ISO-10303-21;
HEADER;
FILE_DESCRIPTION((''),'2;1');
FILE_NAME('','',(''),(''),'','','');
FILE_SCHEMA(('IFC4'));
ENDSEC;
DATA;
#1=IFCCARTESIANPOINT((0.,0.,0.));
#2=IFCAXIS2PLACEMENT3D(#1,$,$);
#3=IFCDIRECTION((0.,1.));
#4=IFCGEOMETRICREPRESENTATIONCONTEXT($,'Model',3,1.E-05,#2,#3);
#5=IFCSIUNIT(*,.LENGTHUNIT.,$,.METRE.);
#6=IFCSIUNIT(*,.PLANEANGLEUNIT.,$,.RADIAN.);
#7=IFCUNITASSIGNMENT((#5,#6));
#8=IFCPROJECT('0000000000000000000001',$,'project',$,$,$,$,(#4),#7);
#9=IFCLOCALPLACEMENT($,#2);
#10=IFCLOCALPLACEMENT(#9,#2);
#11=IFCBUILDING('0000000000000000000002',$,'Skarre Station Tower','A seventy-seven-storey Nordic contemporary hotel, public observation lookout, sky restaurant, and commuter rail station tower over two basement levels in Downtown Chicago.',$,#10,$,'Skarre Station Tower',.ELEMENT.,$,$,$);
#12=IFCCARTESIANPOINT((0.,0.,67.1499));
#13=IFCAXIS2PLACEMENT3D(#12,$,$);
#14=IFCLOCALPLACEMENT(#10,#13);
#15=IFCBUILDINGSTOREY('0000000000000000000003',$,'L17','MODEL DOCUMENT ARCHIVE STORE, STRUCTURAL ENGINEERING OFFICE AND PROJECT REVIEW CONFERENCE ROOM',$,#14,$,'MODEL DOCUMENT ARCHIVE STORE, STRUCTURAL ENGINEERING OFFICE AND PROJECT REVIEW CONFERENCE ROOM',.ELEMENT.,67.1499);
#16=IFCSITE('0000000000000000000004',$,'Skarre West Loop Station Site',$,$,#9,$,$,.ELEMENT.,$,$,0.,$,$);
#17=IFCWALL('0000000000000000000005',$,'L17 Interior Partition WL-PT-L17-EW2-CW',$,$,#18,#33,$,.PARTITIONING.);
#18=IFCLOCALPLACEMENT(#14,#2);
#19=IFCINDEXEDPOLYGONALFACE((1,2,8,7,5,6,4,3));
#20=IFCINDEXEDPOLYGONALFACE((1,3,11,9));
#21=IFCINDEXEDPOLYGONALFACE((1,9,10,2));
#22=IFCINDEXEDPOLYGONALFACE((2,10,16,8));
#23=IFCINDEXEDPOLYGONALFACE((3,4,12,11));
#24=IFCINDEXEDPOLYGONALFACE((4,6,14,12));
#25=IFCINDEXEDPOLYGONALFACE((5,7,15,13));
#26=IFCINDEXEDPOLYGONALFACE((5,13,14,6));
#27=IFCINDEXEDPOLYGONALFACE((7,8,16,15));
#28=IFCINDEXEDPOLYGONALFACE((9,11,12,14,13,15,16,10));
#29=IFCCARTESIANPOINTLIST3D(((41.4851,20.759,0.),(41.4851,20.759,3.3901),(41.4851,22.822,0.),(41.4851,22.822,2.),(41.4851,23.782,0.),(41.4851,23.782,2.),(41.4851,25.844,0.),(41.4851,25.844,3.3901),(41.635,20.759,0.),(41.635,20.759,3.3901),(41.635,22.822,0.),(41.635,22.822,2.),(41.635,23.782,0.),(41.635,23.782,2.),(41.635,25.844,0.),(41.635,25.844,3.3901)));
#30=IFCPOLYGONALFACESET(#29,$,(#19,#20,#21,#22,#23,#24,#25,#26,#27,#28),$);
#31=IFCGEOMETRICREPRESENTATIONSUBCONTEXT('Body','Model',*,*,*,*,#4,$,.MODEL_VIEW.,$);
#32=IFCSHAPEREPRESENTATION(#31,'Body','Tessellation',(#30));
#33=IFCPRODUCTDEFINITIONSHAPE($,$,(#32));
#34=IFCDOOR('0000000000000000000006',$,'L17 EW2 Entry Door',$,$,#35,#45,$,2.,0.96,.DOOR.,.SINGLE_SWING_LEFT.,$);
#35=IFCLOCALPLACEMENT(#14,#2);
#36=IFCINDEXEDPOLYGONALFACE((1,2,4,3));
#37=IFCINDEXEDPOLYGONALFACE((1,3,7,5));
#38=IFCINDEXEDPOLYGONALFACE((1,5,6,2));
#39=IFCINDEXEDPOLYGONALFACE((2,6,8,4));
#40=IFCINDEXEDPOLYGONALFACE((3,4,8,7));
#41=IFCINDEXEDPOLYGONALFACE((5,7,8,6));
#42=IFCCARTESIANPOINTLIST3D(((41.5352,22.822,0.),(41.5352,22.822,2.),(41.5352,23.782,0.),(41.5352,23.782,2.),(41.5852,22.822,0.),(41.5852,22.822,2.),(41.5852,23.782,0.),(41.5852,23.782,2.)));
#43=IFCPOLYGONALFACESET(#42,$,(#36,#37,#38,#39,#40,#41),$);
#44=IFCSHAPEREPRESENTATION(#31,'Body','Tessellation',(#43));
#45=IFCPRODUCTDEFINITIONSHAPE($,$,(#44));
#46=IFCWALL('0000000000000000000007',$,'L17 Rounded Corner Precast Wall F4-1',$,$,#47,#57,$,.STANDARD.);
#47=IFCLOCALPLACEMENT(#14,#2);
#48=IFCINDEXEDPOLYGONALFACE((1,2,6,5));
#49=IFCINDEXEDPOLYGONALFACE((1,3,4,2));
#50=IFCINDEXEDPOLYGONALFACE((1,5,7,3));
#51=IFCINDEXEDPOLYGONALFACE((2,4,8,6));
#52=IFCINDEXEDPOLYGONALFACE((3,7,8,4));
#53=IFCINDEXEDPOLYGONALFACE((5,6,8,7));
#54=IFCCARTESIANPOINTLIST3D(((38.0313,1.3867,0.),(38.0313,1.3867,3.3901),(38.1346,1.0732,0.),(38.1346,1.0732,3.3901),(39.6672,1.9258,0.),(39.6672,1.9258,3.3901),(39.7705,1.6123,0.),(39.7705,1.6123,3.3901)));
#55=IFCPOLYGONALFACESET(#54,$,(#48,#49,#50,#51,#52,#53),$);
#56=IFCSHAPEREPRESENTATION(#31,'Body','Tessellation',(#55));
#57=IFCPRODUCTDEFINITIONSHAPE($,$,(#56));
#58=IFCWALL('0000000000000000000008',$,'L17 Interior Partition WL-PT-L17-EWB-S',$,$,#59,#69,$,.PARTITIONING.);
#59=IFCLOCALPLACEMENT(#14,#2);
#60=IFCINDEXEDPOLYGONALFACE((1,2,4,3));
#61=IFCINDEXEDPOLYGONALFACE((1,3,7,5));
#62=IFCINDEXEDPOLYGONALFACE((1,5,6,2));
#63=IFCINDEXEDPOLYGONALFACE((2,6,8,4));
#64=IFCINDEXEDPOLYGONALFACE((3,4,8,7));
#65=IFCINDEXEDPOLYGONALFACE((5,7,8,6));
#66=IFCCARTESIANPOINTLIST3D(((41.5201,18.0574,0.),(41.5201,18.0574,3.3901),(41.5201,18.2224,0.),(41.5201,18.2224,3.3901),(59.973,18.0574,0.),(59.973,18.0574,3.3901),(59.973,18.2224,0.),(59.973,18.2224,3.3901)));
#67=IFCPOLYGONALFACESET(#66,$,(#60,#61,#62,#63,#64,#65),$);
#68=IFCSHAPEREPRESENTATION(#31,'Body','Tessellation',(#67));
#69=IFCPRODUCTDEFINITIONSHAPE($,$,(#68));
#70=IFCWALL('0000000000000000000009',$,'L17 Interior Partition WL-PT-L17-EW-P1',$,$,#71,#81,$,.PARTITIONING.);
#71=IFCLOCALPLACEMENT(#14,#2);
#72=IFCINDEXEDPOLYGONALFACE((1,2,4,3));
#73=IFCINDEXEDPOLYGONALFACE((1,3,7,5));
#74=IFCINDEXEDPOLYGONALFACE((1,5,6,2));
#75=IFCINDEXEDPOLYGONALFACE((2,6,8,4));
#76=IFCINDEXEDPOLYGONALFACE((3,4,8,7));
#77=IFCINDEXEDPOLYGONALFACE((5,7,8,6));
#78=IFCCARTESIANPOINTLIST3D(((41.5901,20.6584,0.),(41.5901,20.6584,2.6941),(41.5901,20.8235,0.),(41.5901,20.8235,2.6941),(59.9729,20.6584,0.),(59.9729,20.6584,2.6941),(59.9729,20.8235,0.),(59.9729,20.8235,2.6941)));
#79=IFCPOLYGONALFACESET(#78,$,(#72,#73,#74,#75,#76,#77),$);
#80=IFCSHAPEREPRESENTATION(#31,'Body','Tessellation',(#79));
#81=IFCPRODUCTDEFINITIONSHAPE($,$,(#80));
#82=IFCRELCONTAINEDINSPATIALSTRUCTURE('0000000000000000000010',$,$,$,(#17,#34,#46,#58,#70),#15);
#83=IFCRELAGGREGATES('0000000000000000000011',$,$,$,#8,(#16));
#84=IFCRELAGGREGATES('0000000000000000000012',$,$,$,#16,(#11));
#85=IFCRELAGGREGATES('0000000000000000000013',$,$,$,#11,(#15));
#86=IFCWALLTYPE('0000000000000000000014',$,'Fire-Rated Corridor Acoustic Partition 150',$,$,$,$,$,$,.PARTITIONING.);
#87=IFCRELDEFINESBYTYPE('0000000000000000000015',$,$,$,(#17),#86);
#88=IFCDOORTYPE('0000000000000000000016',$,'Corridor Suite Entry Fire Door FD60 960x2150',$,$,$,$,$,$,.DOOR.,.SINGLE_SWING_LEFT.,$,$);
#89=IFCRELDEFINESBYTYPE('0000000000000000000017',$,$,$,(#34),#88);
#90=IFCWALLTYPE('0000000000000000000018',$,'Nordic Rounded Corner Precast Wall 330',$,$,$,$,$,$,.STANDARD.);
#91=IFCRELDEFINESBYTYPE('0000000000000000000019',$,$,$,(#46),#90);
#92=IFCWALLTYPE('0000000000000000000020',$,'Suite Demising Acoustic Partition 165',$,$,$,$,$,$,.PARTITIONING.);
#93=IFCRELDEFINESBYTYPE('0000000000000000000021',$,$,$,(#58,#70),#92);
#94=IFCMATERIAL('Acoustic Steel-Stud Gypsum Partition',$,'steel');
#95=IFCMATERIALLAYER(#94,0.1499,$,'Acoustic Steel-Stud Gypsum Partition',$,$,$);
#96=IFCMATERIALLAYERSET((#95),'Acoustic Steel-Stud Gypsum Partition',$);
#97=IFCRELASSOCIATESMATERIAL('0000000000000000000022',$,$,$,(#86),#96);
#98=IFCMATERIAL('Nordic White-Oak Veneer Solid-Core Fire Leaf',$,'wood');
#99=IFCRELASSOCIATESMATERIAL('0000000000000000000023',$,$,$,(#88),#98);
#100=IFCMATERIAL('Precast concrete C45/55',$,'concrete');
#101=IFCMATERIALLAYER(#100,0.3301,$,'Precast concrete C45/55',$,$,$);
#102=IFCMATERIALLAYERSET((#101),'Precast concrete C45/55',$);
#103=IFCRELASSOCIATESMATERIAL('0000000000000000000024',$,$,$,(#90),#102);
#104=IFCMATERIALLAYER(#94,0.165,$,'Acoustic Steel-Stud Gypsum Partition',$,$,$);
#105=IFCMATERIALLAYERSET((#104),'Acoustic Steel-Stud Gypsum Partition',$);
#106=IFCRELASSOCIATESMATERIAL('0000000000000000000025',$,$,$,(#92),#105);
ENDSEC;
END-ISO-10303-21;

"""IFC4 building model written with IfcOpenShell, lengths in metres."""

from ifc_helpers import new_model, si_unit, direction, frame, frame_2d, origin, place, context, subcontext, project, spatial, rectangle, extrude, material, layer, layer_set, type_object, element, fill, save


model = new_model("IFC4")

# Units and contexts
model_context = context("Model", 3, precision=1e-05, world=origin(), true_north=direction((0.0, 1.0)))
body_context = subcontext(model_context, "Body", "Model", "MODEL_VIEW")
ifc_project = project(units=[si_unit("LENGTHUNIT", "METRE"), si_unit("PLANEANGLEUNIT", "RADIAN")], contexts=[model_context])

# Site, building, storey
site_placement = place(None, origin())
site = spatial("IfcSite", under=ifc_project, at=site_placement, Name="Skarre West Loop Station Site", CompositionType="ELEMENT", RefElevation=0.0)
building_placement = place(site_placement, origin())
building = spatial("IfcBuilding", under=site, at=building_placement, Name="Skarre Station Tower", Description="A seventy-seven-storey Nordic contemporary hotel, public observation lookout, sky restaurant, and commuter rail station tower over two basement levels in Downtown Chicago.", LongName="Skarre Station Tower", CompositionType="ELEMENT")
storey_placement = place(building_placement, frame((0.0, 0.0, 67.1499)))
storey = spatial("IfcBuildingStorey", under=building, at=storey_placement, Name="L17", Description="MODEL DOCUMENT ARCHIVE STORE, STRUCTURAL ENGINEERING OFFICE AND PROJECT REVIEW CONFERENCE ROOM", LongName="MODEL DOCUMENT ARCHIVE STORE, STRUCTURAL ENGINEERING OFFICE AND PROJECT REVIEW CONFERENCE ROOM", CompositionType="ELEMENT", Elevation=67.1499)

# Shared definitions
ifc_material_1 = material(Name="Acoustic Steel-Stud Gypsum Partition", Category="steel")
ifc_layer_1 = layer(ifc_material_1, 0.1499, Name="Acoustic Steel-Stud Gypsum Partition")
ifc_layer_set_1 = layer_set([ifc_layer_1], Name="Acoustic Steel-Stud Gypsum Partition")
wall_type_1 = type_object("IfcWallType", Name="Fire-Rated Corridor Acoustic Partition 150", PredefinedType="PARTITIONING", material=ifc_layer_set_1)

# Wall, opening, door
ifc_material_2 = material(Name="Nordic White-Oak Veneer Solid-Core Fire Leaf", Category="wood")
door_type = type_object("IfcDoorType", Name="Corridor Suite Entry Fire Door FD60 960x2150", OperationType="SINGLE_SWING_LEFT", PredefinedType="DOOR", material=ifc_material_2)
wall_1_placement = place(storey_placement, frame((41.5601, 20.759, 0.0), z_axis=(0.0, 0.0, 1.0), x_axis=(0.0, 1.0, 0.0)))
wall_1 = element("IfcWall", 1, at=wall_1_placement, inside=storey, type_object=wall_type_1, Name="L17 Interior Partition WL-PT-L17-EW2-CW", PredefinedType="PARTITIONING", context=body_context, shape_type="SweptSolid", body=[
    extrude(rectangle(XDim=5.085, YDim=0.1499, at=frame_2d((2.5425, 0.0))), origin(), (0.0, 0.0, 1.0), 3.3901),
])
opening_1_placement = place(wall_1_placement, frame((2.063, 0.0, 0.0)))
opening_1 = element("IfcOpeningElement", 2, at=opening_1_placement, cuts=wall_1, PredefinedType="OPENING", context=body_context, shape_type="SweptSolid", body=[
    extrude(rectangle(XDim=0.96, YDim=2.0, at=frame_2d((0.48, 1.0))), frame((0.0, 0.085, 0.0), z_axis=(0.0, -1.0, 0.0), x_axis=(1.0, 0.0, 0.0)), (0.0, 0.0, 1.0), 0.1699),
])
door_1_placement = place(opening_1_placement, origin())
door_1 = element("IfcDoor", 3, at=door_1_placement, inside=storey, type_object=door_type, Name="L17 EW2 Entry Door", OperationType="SINGLE_SWING_LEFT", OverallHeight=2.0, OverallWidth=0.96, PredefinedType="DOOR", context=body_context, shape_type="SweptSolid", body=[
    extrude(rectangle(XDim=0.96, YDim=2.0, at=frame_2d((0.48, 1.0))), frame((0.0, 0.0249, 0.0), z_axis=(0.0, -1.0, 0.0), x_axis=(1.0, 0.0, 0.0)), (0.0, 0.0, 1.0), 0.05),
])
fill(opening_1, door_1)

# Walls
ifc_material_3 = material(Name="Precast concrete C45/55", Category="concrete")
ifc_layer_2 = layer(ifc_material_3, 0.3301, Name="Precast concrete C45/55")
ifc_layer_set_2 = layer_set([ifc_layer_2], Name="Precast concrete C45/55")
wall_type_2 = type_object("IfcWallType", Name="Nordic Rounded Corner Precast Wall 330", PredefinedType="STANDARD", material=ifc_layer_set_2)
wall_2_placement = place(storey_placement, frame((39.719, 1.769, 0.0), z_axis=(0.0, 0.0, 1.0), x_axis=(-0.949769, -0.312952, 0.0)))
element("IfcWall", 4, at=wall_2_placement, inside=storey, type_object=wall_type_2, Name="L17 Rounded Corner Precast Wall F4-1", PredefinedType="STANDARD", context=body_context, shape_type="SweptSolid", body=[
    extrude(rectangle(XDim=1.7224, YDim=0.3301, at=frame_2d((0.8613, 0.0))), origin(), (0.0, 0.0, 1.0), 3.3901),
])
ifc_layer_3 = layer(ifc_material_1, 0.165, Name="Acoustic Steel-Stud Gypsum Partition")
ifc_layer_set_3 = layer_set([ifc_layer_3], Name="Acoustic Steel-Stud Gypsum Partition")
wall_type_3 = type_object("IfcWallType", Name="Suite Demising Acoustic Partition 165", PredefinedType="PARTITIONING", material=ifc_layer_set_3)
wall_3_placement = place(storey_placement, frame((41.52, 18.1399, 0.0), z_axis=(0.0, 0.0, 1.0), x_axis=(1.0, 0.0, 0.0)))
element("IfcWall", 5, at=wall_3_placement, inside=storey, type_object=wall_type_3, Name="L17 Interior Partition WL-PT-L17-EWB-S", PredefinedType="PARTITIONING", context=body_context, shape_type="SweptSolid", body=[
    extrude(rectangle(XDim=18.4529, YDim=0.165, at=frame_2d((9.2266, 0.0))), origin(), (0.0, 0.0, 1.0), 3.3901),
])
wall_4_placement = place(storey_placement, frame((41.5901, 20.741, 0.0), z_axis=(0.0, 0.0, 1.0), x_axis=(1.0, 0.0, 0.0)))
element("IfcWall", 6, at=wall_4_placement, inside=storey, type_object=wall_type_3, Name="L17 Interior Partition WL-PT-L17-EW-P1", PredefinedType="PARTITIONING", context=body_context, shape_type="SweptSolid", body=[
    extrude(rectangle(XDim=18.3828, YDim=0.165, at=frame_2d((9.1914, 0.0))), origin(), (0.0, 0.0, 1.0), 2.6941),
])

save(model, "model.ifc")
